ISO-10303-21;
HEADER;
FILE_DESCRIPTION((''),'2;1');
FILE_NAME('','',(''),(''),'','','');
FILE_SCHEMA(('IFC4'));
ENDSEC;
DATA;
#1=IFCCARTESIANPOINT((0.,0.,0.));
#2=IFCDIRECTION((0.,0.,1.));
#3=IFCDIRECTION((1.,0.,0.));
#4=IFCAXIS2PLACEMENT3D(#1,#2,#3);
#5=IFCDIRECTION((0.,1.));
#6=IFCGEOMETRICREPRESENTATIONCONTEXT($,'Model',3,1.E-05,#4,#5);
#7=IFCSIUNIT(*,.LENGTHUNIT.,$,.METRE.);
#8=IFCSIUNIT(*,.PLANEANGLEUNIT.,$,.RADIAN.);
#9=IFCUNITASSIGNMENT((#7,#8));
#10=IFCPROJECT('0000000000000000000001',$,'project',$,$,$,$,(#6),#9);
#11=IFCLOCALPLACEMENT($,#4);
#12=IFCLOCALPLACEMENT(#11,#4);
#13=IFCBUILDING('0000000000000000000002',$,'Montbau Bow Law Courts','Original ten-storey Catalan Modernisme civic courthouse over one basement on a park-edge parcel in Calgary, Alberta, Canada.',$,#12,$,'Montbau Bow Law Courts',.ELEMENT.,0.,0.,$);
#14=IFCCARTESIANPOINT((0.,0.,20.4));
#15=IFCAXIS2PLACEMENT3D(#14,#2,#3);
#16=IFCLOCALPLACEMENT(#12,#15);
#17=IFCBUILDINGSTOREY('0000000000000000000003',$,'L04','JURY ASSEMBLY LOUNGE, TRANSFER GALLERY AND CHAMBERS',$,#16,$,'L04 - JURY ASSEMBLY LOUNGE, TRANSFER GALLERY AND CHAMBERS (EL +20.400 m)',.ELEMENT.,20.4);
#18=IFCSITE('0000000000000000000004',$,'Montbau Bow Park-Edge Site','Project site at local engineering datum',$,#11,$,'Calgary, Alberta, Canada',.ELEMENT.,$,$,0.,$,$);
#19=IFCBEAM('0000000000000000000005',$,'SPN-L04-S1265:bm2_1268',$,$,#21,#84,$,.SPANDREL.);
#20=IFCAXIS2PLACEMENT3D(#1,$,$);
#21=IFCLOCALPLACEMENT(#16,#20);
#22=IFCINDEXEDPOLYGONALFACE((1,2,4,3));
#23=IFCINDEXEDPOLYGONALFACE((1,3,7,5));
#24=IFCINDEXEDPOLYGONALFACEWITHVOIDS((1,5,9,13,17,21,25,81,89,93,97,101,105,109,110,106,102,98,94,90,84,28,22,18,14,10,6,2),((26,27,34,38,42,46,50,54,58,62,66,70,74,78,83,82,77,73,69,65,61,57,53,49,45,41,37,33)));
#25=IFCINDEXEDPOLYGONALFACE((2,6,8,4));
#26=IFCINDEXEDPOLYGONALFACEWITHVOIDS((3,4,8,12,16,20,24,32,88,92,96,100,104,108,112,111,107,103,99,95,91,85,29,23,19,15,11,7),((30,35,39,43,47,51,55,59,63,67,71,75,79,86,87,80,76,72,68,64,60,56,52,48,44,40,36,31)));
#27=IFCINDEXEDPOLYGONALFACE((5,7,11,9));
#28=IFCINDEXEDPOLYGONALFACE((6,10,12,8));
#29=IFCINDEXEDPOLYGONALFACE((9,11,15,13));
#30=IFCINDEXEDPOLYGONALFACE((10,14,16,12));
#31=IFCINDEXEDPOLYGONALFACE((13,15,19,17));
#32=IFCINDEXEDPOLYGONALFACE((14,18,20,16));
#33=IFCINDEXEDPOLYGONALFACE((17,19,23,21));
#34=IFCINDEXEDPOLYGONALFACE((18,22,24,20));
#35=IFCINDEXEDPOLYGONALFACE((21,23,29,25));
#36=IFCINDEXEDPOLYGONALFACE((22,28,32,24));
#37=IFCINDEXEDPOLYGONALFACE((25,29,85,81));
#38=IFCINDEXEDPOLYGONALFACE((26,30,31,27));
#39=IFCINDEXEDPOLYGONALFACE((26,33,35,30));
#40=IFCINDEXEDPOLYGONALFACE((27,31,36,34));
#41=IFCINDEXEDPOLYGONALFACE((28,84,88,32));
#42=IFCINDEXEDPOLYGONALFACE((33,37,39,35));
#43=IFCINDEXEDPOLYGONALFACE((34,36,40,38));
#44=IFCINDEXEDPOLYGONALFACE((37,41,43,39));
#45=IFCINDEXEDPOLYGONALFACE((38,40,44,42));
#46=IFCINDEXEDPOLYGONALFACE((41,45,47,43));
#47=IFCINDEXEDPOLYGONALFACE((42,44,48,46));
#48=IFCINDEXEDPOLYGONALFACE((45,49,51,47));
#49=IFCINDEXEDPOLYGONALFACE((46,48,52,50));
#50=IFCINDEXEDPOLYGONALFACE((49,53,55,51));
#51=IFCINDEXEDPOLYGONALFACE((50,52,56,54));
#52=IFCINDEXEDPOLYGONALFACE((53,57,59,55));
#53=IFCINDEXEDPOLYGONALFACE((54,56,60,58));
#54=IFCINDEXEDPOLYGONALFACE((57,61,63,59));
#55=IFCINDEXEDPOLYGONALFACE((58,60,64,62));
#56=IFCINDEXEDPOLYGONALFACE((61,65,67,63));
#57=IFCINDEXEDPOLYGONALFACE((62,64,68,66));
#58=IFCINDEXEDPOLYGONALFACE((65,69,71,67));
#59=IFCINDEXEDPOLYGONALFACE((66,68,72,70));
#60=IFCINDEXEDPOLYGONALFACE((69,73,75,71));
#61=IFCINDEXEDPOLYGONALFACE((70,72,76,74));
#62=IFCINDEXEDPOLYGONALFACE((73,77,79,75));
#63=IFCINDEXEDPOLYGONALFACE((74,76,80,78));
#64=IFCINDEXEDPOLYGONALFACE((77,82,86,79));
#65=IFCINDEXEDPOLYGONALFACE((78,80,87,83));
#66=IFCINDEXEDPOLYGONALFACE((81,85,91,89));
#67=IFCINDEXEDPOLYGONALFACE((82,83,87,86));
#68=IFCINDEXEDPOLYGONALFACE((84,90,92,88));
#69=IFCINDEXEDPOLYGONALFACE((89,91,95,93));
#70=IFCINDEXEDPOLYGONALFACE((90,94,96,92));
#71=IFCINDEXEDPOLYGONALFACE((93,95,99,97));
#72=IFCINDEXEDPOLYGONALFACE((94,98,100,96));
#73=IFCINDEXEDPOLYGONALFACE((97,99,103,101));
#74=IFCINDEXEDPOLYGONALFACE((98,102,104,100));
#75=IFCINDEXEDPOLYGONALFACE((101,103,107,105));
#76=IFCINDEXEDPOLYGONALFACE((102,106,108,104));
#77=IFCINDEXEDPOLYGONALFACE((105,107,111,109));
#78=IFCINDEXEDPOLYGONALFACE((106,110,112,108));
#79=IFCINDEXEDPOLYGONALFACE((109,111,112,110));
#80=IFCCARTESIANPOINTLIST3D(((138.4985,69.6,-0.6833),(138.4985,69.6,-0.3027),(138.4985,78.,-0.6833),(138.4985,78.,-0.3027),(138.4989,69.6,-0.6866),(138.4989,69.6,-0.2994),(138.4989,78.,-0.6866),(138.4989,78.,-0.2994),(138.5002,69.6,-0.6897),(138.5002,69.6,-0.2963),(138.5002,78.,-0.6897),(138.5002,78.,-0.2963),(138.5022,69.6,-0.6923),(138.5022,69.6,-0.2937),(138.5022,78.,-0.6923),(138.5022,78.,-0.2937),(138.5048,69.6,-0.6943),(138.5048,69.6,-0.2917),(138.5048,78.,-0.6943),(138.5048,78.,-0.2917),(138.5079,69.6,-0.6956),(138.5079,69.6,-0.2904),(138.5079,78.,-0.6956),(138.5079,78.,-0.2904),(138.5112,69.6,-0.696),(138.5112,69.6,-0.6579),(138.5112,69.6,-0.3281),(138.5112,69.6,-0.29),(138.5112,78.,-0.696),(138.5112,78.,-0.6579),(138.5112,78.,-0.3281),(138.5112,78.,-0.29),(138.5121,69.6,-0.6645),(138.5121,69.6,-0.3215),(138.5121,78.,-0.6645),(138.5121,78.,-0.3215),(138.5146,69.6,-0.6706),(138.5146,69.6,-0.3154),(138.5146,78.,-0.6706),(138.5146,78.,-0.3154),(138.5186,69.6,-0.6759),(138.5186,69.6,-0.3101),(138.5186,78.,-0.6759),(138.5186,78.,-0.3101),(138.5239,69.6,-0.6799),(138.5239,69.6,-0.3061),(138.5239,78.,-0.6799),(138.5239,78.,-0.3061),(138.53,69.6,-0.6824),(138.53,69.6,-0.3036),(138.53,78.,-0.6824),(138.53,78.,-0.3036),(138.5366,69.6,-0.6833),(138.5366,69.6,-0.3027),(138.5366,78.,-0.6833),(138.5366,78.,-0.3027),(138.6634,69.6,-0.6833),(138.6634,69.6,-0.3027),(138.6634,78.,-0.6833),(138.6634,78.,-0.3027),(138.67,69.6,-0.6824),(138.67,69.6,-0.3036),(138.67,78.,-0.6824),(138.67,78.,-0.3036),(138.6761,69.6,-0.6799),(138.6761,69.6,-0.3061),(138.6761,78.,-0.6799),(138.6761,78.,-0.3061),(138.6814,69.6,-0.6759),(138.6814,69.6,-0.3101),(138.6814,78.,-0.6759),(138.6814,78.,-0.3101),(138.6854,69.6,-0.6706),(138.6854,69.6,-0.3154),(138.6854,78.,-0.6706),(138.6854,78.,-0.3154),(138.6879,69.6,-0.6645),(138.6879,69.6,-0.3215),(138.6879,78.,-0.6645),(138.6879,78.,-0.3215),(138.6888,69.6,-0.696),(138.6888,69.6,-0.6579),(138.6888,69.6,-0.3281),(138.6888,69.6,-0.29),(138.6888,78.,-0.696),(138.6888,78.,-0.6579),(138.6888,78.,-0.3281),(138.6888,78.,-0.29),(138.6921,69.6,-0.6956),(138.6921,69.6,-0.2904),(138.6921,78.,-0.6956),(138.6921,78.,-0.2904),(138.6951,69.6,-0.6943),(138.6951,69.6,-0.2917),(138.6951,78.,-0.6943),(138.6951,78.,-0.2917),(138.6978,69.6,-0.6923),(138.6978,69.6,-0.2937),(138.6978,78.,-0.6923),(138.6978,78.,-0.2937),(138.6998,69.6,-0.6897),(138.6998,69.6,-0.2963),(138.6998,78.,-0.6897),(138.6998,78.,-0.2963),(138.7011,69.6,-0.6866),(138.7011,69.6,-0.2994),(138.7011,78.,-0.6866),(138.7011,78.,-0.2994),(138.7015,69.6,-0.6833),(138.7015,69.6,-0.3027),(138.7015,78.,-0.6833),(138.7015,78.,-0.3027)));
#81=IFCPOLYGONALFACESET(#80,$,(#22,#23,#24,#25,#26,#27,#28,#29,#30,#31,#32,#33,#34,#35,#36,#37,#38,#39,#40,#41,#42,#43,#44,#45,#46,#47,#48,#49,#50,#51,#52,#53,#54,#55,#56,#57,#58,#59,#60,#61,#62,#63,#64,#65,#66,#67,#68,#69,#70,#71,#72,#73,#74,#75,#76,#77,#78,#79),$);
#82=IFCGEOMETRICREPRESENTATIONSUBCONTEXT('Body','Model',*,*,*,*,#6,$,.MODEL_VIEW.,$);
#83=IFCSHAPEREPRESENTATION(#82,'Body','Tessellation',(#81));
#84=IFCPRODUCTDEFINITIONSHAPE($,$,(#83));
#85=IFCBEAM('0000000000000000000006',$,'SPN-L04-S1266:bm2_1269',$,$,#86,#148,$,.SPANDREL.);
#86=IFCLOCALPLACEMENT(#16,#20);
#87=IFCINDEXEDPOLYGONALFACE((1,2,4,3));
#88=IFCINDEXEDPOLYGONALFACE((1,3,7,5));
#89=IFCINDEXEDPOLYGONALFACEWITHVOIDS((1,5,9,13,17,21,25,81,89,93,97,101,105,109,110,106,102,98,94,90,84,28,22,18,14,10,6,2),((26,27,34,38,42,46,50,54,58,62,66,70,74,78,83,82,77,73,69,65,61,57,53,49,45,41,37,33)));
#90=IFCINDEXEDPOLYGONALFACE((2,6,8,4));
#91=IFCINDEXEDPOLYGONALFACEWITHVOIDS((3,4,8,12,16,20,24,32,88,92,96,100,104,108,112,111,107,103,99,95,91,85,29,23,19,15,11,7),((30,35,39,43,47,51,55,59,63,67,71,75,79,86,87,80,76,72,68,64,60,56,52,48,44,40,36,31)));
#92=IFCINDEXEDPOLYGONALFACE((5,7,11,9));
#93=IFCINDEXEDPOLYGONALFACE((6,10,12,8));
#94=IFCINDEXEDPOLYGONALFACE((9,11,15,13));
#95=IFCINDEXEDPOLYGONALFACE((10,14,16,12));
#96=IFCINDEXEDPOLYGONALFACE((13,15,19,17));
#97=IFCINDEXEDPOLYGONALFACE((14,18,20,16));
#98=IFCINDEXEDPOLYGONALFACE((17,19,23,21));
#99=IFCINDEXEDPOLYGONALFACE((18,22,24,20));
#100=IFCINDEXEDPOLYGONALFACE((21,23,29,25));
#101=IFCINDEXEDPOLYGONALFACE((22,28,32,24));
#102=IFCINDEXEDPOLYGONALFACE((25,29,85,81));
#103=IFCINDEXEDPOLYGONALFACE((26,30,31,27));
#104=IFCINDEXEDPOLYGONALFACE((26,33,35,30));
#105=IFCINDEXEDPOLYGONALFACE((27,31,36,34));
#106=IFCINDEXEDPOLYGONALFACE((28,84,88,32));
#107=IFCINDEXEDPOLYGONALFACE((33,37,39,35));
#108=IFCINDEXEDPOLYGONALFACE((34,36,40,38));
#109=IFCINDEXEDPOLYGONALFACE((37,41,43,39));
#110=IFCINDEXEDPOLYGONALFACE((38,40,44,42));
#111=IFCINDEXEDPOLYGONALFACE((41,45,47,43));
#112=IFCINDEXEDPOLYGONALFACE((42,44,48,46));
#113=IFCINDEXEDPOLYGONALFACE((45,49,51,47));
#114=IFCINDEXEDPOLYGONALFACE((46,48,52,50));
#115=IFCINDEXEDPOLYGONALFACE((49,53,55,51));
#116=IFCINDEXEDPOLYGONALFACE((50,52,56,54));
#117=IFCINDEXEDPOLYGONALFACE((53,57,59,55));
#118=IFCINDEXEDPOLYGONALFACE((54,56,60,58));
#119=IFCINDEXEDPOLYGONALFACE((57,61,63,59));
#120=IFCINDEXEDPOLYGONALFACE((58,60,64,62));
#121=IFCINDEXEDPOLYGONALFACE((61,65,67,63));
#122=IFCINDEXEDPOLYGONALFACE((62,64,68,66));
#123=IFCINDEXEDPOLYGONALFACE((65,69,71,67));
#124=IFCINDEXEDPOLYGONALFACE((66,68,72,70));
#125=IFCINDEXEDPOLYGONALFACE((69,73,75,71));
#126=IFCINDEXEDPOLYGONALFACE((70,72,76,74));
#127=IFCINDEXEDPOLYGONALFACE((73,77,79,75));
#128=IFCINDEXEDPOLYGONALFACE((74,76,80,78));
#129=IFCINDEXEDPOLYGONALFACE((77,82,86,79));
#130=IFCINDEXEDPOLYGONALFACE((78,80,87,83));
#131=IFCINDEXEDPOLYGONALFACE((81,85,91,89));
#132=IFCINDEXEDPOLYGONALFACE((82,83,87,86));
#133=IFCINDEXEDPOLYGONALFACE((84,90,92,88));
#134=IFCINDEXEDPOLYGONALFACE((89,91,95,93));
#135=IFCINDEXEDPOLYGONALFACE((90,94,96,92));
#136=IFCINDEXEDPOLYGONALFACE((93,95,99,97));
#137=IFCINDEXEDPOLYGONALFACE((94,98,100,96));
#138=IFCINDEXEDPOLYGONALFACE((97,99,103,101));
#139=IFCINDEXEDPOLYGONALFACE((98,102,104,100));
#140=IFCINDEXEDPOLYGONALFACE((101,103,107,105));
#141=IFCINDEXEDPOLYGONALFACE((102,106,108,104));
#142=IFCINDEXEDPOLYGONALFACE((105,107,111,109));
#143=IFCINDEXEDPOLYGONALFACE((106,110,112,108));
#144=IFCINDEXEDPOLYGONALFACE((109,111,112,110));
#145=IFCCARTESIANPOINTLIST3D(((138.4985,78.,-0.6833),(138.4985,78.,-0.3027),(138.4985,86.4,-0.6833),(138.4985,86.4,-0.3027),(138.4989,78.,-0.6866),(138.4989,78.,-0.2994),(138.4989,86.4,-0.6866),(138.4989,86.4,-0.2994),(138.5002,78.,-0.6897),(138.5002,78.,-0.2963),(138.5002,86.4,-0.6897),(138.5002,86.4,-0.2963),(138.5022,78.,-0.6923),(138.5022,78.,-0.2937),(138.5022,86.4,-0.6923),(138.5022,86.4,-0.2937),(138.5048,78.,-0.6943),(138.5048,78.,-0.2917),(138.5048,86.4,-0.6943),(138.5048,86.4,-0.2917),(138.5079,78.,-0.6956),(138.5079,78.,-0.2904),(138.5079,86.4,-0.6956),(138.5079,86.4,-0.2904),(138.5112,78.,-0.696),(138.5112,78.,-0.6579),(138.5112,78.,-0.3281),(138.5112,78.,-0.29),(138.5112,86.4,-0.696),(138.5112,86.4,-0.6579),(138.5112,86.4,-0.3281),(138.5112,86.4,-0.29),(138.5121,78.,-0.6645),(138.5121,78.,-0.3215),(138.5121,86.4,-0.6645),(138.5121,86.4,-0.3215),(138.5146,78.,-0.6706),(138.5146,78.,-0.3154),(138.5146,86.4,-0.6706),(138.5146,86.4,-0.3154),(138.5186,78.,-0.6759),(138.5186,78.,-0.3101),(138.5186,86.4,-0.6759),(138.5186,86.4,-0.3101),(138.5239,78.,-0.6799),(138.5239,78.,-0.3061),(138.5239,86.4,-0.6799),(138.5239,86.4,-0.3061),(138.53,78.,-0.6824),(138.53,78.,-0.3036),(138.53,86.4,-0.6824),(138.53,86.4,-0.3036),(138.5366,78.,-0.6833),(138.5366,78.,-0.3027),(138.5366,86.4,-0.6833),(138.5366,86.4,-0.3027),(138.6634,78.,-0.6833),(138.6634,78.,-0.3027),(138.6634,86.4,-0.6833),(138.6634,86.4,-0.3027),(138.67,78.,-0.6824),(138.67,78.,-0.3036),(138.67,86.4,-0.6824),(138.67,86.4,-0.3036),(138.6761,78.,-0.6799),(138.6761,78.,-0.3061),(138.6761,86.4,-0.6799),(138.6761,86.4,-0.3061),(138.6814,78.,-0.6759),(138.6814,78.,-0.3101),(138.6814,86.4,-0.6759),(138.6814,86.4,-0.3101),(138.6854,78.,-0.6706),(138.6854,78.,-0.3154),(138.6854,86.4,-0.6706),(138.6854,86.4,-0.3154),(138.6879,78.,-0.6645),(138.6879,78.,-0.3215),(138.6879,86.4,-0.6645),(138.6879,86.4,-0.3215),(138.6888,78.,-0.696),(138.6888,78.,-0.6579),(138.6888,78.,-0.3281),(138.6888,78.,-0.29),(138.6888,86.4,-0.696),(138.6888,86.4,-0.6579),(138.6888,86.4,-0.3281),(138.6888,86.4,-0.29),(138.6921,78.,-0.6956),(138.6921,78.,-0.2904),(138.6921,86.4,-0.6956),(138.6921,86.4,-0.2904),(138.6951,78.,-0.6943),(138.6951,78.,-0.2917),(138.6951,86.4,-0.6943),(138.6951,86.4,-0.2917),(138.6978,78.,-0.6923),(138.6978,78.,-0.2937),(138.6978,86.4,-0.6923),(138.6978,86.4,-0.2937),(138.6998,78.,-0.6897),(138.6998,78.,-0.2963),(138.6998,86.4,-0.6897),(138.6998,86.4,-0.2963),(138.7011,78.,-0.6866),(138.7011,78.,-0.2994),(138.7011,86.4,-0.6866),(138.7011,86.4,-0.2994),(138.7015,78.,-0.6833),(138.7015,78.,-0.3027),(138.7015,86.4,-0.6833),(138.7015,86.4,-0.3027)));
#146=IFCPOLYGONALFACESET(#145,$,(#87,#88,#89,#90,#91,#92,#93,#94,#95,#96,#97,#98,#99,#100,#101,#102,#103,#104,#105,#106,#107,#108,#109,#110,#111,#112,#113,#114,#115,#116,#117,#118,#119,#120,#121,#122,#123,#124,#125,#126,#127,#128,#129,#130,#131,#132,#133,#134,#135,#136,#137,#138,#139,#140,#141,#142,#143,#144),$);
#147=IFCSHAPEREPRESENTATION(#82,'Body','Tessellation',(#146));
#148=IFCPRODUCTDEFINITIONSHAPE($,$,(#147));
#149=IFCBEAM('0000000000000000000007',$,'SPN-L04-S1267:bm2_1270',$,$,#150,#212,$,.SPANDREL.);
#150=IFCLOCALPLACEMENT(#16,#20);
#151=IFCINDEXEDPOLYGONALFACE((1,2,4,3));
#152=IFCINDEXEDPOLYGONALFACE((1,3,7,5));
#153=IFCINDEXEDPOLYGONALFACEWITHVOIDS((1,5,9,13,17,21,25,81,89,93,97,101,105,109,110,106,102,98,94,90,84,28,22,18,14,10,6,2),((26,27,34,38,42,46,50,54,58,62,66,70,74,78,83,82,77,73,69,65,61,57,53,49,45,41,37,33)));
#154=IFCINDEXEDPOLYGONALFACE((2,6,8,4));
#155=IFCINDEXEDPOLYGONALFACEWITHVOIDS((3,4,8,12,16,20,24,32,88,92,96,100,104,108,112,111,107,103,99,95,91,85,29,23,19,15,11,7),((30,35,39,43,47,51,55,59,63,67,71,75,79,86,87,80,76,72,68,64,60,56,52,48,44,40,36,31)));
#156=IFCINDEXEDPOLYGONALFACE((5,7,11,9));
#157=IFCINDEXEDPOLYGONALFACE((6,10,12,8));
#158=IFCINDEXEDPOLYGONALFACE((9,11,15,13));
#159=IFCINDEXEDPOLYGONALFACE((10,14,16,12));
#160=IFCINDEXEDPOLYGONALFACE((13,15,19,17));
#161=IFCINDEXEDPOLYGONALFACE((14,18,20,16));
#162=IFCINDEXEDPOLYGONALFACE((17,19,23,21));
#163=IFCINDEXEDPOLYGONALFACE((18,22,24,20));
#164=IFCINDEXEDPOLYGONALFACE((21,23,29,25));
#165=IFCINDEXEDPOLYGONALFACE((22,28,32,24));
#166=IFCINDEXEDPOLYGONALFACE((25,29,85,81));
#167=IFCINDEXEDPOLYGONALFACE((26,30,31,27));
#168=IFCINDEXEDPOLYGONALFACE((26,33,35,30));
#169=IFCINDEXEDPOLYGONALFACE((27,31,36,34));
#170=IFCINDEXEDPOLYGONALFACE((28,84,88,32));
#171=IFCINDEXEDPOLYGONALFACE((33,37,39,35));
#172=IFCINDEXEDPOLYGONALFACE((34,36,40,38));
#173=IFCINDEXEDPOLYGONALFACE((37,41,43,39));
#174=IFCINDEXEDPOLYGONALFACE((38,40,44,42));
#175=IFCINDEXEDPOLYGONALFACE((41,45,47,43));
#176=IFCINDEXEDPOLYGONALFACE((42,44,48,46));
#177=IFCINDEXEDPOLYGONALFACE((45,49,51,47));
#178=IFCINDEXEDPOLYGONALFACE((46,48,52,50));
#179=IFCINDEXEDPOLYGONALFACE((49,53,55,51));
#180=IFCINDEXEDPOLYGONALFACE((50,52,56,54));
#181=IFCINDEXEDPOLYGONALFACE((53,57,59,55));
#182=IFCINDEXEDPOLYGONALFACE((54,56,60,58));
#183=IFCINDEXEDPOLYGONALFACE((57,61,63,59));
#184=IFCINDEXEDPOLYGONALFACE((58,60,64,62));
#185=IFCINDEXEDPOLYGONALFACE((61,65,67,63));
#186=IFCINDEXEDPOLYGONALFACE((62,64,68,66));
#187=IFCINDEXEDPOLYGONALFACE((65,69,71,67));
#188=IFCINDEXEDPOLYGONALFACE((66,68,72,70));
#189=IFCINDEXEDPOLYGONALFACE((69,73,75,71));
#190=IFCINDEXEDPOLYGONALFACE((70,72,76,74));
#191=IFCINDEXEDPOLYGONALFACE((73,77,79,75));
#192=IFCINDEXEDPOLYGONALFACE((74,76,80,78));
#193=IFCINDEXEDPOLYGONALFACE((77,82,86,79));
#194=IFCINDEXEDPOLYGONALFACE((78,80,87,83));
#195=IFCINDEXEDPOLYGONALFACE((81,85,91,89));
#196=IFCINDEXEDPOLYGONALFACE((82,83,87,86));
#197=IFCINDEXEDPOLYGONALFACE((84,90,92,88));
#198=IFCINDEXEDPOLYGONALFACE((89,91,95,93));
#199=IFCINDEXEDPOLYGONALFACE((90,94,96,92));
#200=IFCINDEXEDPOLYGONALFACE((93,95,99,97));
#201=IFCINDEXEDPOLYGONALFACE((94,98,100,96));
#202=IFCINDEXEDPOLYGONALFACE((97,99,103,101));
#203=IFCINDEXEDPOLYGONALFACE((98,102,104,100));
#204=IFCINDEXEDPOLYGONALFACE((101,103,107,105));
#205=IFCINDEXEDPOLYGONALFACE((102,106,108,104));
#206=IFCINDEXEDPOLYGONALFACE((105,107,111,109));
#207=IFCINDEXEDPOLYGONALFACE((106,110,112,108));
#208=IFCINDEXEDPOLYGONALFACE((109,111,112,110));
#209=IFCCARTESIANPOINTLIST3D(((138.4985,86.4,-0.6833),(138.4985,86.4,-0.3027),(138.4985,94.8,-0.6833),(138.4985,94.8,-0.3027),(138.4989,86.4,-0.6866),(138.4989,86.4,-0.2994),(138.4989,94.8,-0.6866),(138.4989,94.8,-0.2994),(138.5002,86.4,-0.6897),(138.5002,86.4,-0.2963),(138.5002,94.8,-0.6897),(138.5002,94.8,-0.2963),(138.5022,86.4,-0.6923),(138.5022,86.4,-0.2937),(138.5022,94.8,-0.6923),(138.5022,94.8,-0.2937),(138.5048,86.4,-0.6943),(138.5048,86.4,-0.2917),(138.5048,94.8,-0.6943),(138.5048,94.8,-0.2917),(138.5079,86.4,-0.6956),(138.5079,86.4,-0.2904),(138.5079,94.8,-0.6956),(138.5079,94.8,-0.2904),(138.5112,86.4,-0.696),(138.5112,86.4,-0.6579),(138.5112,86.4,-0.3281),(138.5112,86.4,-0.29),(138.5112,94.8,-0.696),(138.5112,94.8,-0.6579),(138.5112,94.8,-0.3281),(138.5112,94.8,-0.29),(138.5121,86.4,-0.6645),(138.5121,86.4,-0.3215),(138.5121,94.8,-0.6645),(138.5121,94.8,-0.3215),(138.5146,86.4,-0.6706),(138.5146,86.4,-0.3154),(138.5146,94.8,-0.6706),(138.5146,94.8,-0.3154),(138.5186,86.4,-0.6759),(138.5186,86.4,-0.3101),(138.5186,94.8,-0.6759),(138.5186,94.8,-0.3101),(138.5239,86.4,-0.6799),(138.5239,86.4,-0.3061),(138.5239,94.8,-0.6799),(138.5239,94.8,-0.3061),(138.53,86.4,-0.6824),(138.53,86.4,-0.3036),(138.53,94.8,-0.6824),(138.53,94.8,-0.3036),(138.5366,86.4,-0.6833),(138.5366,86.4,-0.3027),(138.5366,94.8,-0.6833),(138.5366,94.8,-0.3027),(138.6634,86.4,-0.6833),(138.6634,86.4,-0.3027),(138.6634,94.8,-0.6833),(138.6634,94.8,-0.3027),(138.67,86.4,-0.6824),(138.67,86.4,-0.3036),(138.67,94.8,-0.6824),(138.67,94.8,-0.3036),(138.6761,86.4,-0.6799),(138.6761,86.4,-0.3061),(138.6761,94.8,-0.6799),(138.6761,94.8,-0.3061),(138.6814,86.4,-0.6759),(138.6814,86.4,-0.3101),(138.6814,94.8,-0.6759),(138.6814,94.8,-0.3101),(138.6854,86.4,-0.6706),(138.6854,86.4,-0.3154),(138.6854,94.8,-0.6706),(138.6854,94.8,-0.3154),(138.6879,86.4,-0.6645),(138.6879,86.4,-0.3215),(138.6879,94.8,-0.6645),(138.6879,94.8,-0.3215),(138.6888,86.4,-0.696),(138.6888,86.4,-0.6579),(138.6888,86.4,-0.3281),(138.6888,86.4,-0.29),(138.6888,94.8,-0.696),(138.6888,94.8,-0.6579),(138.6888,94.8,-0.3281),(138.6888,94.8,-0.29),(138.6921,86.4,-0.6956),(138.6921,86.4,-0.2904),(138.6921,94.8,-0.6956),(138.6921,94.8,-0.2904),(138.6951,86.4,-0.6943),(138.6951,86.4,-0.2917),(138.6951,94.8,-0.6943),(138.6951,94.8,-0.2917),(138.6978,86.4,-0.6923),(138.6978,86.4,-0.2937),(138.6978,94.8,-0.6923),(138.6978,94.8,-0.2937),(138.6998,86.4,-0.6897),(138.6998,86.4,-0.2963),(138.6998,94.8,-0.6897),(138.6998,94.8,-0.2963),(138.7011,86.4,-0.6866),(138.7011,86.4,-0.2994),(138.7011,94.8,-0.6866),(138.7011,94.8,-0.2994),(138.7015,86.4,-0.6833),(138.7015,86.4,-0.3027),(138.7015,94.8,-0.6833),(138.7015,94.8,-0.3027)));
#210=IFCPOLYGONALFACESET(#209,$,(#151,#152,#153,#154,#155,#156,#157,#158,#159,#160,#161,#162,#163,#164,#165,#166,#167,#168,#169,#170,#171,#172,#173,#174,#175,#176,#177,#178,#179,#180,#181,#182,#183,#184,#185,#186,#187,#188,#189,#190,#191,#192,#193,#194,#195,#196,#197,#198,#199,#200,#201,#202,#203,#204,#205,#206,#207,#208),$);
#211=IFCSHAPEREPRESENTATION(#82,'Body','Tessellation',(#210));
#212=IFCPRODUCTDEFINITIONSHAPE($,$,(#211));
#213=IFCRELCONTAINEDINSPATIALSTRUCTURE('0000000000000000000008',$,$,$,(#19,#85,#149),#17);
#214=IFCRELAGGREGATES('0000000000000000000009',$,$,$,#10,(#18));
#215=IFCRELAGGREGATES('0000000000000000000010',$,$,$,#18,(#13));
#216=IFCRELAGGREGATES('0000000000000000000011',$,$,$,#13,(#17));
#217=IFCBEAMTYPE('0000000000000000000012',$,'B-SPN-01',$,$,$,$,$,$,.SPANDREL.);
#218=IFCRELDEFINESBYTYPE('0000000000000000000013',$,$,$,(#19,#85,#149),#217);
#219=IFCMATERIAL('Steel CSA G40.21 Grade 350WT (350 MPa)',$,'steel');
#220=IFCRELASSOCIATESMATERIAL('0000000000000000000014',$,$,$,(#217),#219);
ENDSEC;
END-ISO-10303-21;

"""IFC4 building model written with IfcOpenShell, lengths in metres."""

from ifc_helpers import new_model, si_unit, direction, frame, origin_with_axes, origin_2d_with_axis, place, context, subcontext, project, spatial, hollow_rectangle, extrude, material, material_profile, profile_set, type_object, element, save


model = new_model("IFC4")

# Units and contexts
model_context = context("Model", 3, precision=1e-05, world=origin_with_axes(), true_north=direction((0.0, 1.0)))
body_context = subcontext(model_context, "Body", "Model", "MODEL_VIEW")
ifc_project = project(units=[si_unit("LENGTHUNIT", "METRE"), si_unit("PLANEANGLEUNIT", "RADIAN")], contexts=[model_context])

# Site, building, storey
site_placement = place(None, origin_with_axes())
site = spatial("IfcSite", under=ifc_project, at=site_placement, Name="Montbau Bow Park-Edge Site", Description="Project site at local engineering datum", LongName="Calgary, Alberta, Canada", CompositionType="ELEMENT", RefElevation=0.0)
building_placement = place(site_placement, origin_with_axes())
building = spatial("IfcBuilding", under=site, at=building_placement, Name="Montbau Bow Law Courts", Description="Original ten-storey Catalan Modernisme civic courthouse over one basement on a park-edge parcel in Calgary, Alberta, Canada.", LongName="Montbau Bow Law Courts", CompositionType="ELEMENT", ElevationOfRefHeight=0.0, ElevationOfTerrain=0.0)
storey_placement = place(building_placement, frame((0.0, 0.0, 20.4), z_axis=(0.0, 0.0, 1.0), x_axis=(1.0, 0.0, 0.0)))
storey = spatial("IfcBuildingStorey", under=building, at=storey_placement, Name="L04", Description="JURY ASSEMBLY LOUNGE, TRANSFER GALLERY AND CHAMBERS", LongName="L04 - JURY ASSEMBLY LOUNGE, TRANSFER GALLERY AND CHAMBERS (EL +20.400 m)", CompositionType="ELEMENT", Elevation=20.4)

# Beams
ifc_material_1 = material(Name="Steel CSA G40.21 Grade 350WT (350 MPa)", Category="steel")
ifc_material_profile_1 = material_profile(ifc_material_1, hollow_rectangle(XDim=0.203, YDim=0.406, WallThickness=0.0127, InnerFilletRadius=0.0254, OuterFilletRadius=0.0127, at=origin_2d_with_axis()), Name="HSS406X203X13", Category="Main", Priority=0)
ifc_profile_set_1 = profile_set([ifc_material_profile_1], Name="Steel CSA G40.21 Grade 350WT (350 MPa)")
beam_type_1 = type_object("IfcBeamType", Name="B-SPN-01", PredefinedType="SPANDREL", material=ifc_profile_set_1)
for number, where, z_axis, x_axis, name in (
    (1, (138.6, 69.6, 19.907), (0.0, 1.0, 0.0), (-1.0, 0.0, 0.0), "SPN-L04-S1265:bm2_1268"),
    (2, (138.6, 78.0, 19.907), (0.0, 1.0, 0.0), (-1.0, 0.0, 0.0), "SPN-L04-S1266:bm2_1269"),
    (3, (138.6, 86.4, 19.907), (0.0, 1.0, 0.0), (-1.0, 0.0, 0.0), "SPN-L04-S1267:bm2_1270"),
):
    element("IfcBeam", number, at=place(None, frame(where, z_axis=z_axis, x_axis=x_axis)), inside=storey, type_object=beam_type_1, Name=name, PredefinedType="SPANDREL", context=body_context, shape_type="SweptSolid", body=[
        extrude(hollow_rectangle(XDim=0.203, YDim=0.406, WallThickness=0.0127, InnerFilletRadius=0.0254, OuterFilletRadius=0.0127, at=origin_2d_with_axis()), origin_with_axes(), (0.0, 0.0, 1.0), 8.4),
    ])

save(model, "model.ifc")
